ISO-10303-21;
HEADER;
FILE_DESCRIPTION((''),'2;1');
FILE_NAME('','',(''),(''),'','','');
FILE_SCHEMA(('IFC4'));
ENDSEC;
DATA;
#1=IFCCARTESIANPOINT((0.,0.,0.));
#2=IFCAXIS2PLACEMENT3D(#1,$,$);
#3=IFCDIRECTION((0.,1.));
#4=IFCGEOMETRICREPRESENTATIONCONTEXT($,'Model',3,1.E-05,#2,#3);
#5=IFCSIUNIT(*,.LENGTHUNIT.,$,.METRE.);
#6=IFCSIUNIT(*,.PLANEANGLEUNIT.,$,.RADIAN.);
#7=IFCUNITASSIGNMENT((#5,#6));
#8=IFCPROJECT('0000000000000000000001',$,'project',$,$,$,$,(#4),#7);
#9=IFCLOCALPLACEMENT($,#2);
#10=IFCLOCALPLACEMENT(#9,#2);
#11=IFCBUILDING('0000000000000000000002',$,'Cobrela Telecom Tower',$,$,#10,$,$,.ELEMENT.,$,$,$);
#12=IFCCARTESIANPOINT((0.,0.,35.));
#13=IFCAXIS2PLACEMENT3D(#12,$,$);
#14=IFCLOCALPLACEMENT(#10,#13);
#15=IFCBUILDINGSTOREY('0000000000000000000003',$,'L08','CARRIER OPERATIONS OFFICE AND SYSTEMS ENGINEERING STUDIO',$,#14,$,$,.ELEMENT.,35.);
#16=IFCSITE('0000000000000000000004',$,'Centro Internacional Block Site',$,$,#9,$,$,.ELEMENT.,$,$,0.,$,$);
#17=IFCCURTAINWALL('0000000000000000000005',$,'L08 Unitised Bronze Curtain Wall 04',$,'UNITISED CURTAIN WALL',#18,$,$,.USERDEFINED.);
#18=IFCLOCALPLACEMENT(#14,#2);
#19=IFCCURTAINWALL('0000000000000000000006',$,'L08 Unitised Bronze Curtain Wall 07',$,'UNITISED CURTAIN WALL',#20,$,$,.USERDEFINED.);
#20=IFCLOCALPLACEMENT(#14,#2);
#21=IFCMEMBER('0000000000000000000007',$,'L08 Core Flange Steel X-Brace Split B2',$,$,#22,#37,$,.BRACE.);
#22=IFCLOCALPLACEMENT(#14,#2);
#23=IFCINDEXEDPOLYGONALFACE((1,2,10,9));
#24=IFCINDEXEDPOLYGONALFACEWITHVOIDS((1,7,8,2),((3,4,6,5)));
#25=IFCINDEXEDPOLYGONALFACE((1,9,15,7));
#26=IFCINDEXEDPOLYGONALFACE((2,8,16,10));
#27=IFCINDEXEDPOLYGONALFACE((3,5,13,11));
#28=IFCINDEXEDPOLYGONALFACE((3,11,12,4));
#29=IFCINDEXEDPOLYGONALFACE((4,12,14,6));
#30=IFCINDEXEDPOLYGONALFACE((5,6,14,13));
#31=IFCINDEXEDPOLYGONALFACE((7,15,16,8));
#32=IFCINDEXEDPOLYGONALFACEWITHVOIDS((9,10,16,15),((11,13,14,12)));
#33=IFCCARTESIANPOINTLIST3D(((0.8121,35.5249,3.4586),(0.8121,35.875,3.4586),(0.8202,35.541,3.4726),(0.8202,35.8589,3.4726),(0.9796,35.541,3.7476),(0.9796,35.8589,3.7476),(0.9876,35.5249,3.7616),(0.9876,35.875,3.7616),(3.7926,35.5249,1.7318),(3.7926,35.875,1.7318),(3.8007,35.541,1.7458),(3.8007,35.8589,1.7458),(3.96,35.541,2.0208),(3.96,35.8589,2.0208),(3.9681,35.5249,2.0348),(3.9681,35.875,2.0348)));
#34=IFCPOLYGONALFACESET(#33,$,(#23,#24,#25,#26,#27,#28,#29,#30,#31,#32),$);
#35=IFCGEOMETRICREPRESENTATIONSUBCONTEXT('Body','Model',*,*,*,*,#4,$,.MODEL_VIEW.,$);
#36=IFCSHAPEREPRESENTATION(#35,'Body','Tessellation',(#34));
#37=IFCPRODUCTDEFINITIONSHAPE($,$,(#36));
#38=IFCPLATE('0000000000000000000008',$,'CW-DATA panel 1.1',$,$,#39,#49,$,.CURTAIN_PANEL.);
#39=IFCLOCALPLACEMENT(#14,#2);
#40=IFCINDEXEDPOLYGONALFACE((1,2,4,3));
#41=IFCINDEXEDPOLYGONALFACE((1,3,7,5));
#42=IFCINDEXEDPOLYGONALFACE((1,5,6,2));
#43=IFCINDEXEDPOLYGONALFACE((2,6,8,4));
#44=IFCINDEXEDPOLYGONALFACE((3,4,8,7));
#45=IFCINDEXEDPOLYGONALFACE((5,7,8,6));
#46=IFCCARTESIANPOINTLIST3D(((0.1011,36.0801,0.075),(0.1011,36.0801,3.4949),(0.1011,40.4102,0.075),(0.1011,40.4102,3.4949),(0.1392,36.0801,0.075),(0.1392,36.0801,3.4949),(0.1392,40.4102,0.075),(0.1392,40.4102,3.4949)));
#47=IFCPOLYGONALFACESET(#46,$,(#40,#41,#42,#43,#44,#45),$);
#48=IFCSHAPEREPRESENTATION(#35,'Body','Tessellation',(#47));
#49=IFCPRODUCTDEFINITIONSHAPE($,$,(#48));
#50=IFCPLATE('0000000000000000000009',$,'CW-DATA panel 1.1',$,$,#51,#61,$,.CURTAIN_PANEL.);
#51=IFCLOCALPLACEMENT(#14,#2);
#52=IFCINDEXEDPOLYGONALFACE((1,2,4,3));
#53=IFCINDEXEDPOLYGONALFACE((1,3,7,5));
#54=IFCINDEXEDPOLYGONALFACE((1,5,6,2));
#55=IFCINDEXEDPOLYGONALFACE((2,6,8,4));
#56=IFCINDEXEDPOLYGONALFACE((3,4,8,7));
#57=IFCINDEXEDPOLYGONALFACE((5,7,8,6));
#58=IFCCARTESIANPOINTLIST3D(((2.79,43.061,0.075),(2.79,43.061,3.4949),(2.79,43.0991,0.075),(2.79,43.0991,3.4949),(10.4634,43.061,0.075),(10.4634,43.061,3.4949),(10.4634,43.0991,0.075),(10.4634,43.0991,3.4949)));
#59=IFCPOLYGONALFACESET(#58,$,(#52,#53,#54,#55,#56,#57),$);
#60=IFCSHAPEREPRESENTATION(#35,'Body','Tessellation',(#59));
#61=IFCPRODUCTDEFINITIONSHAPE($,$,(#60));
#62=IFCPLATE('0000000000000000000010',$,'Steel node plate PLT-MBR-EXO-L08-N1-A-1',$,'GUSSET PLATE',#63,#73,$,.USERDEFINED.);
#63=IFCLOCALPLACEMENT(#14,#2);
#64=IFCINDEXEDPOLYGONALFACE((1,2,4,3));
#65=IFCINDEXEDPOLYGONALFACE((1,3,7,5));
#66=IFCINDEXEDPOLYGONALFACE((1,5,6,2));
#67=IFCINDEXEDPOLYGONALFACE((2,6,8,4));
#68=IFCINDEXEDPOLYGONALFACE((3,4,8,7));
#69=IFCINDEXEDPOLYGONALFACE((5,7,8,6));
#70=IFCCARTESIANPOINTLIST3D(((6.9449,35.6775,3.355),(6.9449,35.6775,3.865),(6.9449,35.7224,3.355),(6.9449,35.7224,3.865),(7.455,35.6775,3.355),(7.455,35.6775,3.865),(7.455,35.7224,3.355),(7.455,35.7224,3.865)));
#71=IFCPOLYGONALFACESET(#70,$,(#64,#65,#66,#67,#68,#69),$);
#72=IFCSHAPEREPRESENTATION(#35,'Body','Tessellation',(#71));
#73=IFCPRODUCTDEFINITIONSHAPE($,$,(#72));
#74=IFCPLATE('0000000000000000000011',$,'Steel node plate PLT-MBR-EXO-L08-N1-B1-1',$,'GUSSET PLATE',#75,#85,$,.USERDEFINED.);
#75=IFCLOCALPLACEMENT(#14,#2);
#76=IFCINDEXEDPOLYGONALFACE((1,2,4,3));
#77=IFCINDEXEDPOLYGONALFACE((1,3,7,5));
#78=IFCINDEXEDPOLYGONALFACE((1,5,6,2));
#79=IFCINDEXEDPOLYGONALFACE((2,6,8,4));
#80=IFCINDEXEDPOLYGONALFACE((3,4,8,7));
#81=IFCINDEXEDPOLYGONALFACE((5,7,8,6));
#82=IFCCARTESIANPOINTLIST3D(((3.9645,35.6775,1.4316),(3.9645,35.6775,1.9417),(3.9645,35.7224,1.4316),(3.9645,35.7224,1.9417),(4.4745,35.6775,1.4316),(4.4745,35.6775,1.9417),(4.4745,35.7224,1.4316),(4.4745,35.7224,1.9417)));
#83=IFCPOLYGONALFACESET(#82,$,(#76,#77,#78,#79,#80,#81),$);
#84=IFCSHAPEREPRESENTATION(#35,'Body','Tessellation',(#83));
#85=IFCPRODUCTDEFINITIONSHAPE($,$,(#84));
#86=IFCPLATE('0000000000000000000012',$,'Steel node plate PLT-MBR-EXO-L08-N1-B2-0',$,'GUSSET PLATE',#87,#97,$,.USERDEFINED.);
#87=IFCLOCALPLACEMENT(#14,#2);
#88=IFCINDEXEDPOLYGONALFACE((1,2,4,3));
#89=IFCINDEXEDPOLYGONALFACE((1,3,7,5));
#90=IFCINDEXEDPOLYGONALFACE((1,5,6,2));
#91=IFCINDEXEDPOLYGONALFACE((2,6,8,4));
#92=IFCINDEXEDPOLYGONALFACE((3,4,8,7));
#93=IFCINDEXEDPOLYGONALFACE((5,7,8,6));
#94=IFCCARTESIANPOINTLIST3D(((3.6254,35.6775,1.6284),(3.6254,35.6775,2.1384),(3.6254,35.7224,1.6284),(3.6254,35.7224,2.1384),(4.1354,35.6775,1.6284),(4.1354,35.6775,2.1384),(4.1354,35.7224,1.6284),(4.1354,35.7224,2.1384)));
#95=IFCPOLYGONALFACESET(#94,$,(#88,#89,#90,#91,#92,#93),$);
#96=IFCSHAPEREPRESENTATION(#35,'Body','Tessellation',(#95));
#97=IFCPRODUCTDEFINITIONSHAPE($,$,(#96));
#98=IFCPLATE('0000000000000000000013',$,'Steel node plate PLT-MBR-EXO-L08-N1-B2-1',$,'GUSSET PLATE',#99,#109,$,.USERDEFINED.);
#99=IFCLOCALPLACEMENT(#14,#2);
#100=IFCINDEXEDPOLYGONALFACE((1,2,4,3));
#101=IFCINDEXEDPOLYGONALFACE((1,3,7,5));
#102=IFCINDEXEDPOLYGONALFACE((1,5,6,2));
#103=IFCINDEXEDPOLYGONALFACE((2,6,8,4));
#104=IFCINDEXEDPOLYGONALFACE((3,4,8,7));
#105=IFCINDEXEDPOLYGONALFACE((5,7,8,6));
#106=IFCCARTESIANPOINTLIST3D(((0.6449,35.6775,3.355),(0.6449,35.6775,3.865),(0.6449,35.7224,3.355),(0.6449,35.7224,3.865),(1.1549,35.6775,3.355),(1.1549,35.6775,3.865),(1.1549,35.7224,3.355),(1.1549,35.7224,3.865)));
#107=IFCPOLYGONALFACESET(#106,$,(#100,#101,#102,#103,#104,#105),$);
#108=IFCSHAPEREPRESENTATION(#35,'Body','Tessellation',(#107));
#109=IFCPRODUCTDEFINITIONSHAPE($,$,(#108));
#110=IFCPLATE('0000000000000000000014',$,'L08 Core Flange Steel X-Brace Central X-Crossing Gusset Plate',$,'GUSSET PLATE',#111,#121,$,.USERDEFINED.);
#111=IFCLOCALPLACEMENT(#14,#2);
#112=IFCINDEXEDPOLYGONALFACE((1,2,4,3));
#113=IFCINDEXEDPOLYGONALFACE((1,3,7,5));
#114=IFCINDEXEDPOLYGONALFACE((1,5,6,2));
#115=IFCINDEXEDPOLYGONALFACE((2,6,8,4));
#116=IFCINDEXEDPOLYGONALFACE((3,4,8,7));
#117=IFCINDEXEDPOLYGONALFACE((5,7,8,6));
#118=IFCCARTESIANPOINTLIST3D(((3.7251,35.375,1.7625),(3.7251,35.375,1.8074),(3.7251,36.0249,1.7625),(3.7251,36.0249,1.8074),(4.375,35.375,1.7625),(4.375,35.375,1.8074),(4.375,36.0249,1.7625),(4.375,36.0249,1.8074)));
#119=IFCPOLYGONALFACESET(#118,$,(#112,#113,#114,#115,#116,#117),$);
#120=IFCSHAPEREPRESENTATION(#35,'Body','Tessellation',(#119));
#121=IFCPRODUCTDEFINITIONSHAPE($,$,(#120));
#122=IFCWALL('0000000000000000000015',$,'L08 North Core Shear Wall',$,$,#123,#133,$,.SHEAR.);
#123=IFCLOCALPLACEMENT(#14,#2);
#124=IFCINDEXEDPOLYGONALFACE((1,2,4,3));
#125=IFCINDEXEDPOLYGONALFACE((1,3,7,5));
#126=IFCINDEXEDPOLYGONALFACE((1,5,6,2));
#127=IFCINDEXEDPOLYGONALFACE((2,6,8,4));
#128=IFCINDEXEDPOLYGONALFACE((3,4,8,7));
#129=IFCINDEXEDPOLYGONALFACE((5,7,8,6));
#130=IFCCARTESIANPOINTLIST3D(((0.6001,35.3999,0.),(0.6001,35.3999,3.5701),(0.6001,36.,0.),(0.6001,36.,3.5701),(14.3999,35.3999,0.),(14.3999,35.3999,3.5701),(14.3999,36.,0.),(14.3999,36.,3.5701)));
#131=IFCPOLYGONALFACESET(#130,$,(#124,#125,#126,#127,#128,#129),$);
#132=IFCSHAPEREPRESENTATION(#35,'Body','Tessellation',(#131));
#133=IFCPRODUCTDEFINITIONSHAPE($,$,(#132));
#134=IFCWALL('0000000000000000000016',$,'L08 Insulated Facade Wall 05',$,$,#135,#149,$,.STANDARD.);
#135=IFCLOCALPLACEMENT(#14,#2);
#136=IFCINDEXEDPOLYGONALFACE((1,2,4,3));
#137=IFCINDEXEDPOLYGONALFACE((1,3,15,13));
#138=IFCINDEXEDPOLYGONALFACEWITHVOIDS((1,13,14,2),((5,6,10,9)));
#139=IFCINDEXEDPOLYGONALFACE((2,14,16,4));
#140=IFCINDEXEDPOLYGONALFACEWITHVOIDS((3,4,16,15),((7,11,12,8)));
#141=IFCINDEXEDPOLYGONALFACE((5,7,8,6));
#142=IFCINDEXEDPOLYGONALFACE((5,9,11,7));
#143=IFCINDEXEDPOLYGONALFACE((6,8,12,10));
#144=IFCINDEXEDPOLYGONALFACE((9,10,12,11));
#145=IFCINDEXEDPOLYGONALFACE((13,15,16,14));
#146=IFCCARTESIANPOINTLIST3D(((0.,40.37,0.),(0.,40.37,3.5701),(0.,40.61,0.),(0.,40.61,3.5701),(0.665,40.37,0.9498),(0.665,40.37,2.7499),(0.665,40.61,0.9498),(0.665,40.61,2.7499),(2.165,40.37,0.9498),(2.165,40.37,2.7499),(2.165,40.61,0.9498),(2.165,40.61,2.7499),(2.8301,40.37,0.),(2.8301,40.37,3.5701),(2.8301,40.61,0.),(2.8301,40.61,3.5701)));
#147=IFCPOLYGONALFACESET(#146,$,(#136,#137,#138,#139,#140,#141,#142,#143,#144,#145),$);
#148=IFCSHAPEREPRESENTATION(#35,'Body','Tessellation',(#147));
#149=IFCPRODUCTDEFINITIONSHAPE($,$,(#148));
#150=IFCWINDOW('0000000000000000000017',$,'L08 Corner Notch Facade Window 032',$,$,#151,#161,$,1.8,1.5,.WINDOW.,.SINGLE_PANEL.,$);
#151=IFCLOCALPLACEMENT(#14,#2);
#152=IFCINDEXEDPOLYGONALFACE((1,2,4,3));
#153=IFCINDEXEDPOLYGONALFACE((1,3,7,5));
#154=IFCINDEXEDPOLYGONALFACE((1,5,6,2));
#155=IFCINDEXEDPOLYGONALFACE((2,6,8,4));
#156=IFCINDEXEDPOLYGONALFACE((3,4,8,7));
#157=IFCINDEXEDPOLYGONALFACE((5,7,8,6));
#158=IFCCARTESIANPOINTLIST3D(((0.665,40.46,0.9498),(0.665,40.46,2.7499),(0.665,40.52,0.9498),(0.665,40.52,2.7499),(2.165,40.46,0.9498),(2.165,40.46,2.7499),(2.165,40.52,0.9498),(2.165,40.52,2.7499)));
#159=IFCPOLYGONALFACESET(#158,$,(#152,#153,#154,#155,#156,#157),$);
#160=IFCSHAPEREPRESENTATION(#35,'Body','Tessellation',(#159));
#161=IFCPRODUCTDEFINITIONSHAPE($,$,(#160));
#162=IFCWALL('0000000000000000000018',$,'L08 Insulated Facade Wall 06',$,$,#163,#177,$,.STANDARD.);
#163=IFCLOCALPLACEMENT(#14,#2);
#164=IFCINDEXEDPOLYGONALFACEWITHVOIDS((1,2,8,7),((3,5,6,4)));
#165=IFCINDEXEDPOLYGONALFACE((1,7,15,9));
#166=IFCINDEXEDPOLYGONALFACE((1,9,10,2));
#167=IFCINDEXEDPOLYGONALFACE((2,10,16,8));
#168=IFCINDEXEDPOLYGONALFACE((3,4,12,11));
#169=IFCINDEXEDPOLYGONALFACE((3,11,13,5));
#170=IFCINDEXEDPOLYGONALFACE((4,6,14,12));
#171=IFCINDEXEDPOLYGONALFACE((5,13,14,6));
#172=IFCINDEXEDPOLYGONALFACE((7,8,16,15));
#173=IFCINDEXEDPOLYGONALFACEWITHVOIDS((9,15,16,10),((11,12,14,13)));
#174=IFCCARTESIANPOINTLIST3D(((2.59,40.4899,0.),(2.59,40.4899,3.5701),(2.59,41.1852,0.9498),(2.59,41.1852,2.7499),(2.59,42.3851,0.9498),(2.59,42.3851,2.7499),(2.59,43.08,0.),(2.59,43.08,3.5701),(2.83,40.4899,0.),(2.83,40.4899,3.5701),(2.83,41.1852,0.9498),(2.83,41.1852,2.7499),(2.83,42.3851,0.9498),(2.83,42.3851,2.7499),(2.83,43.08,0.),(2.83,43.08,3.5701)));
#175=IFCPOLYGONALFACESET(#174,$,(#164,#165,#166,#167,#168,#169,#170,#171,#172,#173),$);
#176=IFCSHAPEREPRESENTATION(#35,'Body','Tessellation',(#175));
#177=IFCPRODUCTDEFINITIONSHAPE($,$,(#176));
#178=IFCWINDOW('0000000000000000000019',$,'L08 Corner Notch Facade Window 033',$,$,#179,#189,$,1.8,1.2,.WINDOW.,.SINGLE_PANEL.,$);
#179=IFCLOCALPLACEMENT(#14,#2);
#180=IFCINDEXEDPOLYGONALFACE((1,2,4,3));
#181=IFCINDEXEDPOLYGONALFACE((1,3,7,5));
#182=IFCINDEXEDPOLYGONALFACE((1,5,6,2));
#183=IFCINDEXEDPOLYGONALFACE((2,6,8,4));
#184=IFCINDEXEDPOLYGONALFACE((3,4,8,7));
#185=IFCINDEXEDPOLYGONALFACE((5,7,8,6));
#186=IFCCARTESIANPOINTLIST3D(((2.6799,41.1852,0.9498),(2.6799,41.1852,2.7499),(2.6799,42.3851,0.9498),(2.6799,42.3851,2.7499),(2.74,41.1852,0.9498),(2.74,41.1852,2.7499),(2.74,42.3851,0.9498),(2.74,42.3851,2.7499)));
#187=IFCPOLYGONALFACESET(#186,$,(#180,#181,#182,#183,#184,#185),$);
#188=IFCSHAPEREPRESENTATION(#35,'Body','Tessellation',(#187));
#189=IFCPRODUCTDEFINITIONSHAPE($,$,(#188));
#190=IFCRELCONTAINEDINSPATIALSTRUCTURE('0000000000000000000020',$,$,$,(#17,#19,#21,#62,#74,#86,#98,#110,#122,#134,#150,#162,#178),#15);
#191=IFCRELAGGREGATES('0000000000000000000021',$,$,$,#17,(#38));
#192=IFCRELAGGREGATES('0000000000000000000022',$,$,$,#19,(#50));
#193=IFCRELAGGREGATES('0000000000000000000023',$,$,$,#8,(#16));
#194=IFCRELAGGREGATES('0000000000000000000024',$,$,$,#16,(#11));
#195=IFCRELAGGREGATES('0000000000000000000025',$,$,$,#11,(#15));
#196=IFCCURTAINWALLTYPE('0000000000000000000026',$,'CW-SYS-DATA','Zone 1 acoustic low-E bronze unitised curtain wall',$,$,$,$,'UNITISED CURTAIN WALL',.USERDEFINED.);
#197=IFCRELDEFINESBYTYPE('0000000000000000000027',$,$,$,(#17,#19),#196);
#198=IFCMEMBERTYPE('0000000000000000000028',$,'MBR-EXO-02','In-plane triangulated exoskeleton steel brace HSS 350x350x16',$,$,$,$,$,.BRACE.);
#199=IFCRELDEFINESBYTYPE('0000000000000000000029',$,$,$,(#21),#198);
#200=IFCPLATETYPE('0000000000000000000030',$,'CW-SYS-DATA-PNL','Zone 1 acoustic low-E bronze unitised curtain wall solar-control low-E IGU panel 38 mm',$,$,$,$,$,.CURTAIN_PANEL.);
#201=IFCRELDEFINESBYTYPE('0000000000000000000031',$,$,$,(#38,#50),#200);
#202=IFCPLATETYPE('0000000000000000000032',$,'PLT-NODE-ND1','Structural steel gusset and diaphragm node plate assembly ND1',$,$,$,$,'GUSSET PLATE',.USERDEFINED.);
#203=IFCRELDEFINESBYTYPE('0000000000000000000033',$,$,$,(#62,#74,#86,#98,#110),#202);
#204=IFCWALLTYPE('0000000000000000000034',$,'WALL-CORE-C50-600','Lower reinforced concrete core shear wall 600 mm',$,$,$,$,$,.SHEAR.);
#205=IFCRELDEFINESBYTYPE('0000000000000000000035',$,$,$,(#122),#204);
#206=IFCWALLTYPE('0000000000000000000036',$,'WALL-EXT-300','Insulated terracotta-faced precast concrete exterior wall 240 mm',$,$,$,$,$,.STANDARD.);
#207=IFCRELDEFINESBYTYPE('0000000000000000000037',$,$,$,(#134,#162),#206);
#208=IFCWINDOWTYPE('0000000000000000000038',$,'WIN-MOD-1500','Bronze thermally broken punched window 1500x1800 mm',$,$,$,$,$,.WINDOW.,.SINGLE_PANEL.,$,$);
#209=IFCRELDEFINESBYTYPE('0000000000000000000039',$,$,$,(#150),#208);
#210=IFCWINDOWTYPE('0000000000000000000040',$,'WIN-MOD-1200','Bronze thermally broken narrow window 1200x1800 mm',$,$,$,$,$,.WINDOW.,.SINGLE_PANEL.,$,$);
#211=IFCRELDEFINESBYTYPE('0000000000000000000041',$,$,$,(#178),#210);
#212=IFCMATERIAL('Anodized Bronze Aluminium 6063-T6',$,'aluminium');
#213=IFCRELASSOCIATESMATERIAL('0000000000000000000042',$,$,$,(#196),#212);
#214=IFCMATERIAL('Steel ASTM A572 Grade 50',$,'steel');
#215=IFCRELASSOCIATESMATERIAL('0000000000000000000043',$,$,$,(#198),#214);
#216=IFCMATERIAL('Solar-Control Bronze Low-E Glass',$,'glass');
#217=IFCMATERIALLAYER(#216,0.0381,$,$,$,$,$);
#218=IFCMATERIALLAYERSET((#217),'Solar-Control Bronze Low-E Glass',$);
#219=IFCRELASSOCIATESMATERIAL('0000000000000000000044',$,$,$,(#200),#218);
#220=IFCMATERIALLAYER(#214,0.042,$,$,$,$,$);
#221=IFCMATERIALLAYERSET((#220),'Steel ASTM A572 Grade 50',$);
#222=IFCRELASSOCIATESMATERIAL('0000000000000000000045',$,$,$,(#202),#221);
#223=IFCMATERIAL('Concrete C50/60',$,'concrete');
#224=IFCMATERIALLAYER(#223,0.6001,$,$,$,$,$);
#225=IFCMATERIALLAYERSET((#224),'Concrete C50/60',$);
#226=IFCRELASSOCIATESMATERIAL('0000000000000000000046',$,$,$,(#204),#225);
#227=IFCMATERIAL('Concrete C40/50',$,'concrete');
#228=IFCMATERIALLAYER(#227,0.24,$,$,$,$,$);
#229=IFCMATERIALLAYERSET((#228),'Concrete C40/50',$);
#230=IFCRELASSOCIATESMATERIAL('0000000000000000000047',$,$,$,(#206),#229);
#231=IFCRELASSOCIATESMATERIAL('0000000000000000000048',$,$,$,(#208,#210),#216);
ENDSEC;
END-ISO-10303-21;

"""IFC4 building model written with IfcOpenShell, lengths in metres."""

from ifc_helpers import new_model, si_unit, direction, frame, frame_2d, origin, origin_2d, place, context, subcontext, project, spatial, rectangle, hollow_rectangle, extrude, material, layer, layer_set, material_profile, profile_set, type_object, element, fill, aggregate, save


model = new_model("IFC4")

# Units and contexts
model_context = context("Model", 3, precision=1e-05, world=origin(), true_north=direction((0.0, 1.0)))
body_context = subcontext(model_context, "Body", "Model", "MODEL_VIEW")
ifc_project = project(units=[si_unit("LENGTHUNIT", "METRE"), si_unit("PLANEANGLEUNIT", "RADIAN")], contexts=[model_context])

# Site, building, storey
site_placement = place(None, origin())
site = spatial("IfcSite", under=ifc_project, at=site_placement, Name="Centro Internacional Block Site", CompositionType="ELEMENT", RefElevation=0.0)
building_placement = place(site_placement, origin())
building = spatial("IfcBuilding", under=site, at=building_placement, Name="Cobrela Telecom Tower", CompositionType="ELEMENT")
storey_placement = place(building_placement, frame((0.0, 0.0, 35.0)))
storey = spatial("IfcBuildingStorey", under=building, at=storey_placement, Name="L08", Description="CARRIER OPERATIONS OFFICE AND SYSTEMS ENGINEERING STUDIO", CompositionType="ELEMENT", Elevation=35.0)

# Curtain wall
ifc_material_1 = material(Name="Anodized Bronze Aluminium 6063-T6", Category="aluminium")
curtain_wall_type = type_object("IfcCurtainWallType", Name="CW-SYS-DATA", Description="Zone 1 acoustic low-E bronze unitised curtain wall", ElementType="UNITISED CURTAIN WALL", PredefinedType="USERDEFINED", material=ifc_material_1)
curtain_wall_1_placement = place(storey_placement, origin())
curtain_wall_1 = element("IfcCurtainWall", 1, at=curtain_wall_1_placement, inside=storey, type_object=curtain_wall_type, Name="L08 Unitised Bronze Curtain Wall 04", ObjectType="UNITISED CURTAIN WALL", PredefinedType="USERDEFINED")

# Curtain wall
curtain_wall_2_placement = place(storey_placement, origin())
curtain_wall_2 = element("IfcCurtainWall", 2, at=curtain_wall_2_placement, inside=storey, type_object=curtain_wall_type, Name="L08 Unitised Bronze Curtain Wall 07", ObjectType="UNITISED CURTAIN WALL", PredefinedType="USERDEFINED")

# Member
ifc_material_2 = material(Name="Steel ASTM A572 Grade 50", Category="steel")
ifc_material_profile_1 = material_profile(ifc_material_2, hollow_rectangle(XDim=0.3501, YDim=0.3501, WallThickness=0.0161, at=origin_2d()), Name="HSS 350x350x16")
ifc_profile_set_1 = profile_set([ifc_material_profile_1], Name="Steel ASTM A572 Grade 50")
member_type_1 = type_object("IfcMemberType", Name="MBR-EXO-02", Description="In-plane triangulated exoskeleton steel brace HSS 350x350x16", PredefinedType="BRACE", material=ifc_profile_set_1)
member_1_placement = place(storey_placement, frame((3.8804, 35.7, 1.8833), z_axis=(-0.865266, 0.0, 0.501313), x_axis=(0.0, -1.0, 0.0)))
element("IfcMember", 3, at=member_1_placement, inside=storey, type_object=member_type_1, Name="L08 Core Flange Steel X-Brace Split B2", PredefinedType="BRACE", context=body_context, shape_type="SweptSolid", body=[
    extrude(hollow_rectangle(XDim=0.3501, YDim=0.3501, WallThickness=0.0161, at=origin_2d()), origin(), (0.0, 0.0, 1.0), 3.4446),
])

# Plates
ifc_material_3 = material(Name="Solar-Control Bronze Low-E Glass", Category="glass")
ifc_layer_1 = layer(ifc_material_3, 0.0381)
ifc_layer_set_1 = layer_set([ifc_layer_1], Name="Solar-Control Bronze Low-E Glass")
plate_type_1 = type_object("IfcPlateType", Name="CW-SYS-DATA-PNL", Description="Zone 1 acoustic low-E bronze unitised curtain wall solar-control low-E IGU panel 38 mm", PredefinedType="CURTAIN_PANEL", material=ifc_layer_set_1)
plate_1_placement = place(storey_placement, frame((0.1201, 38.2451, 0.075), z_axis=(0.0, 0.0, 1.0), x_axis=(0.0, 1.0, 0.0)))
plate_1 = element("IfcPlate", 4, at=plate_1_placement, type_object=plate_type_1, Name="CW-DATA panel 1.1", PredefinedType="CURTAIN_PANEL", context=body_context, shape_type="SweptSolid", body=[
    extrude(rectangle(XDim=4.3301, YDim=0.0381, at=origin_2d()), origin(), (0.0, 0.0, 1.0), 3.4199),
])
aggregate(curtain_wall_1, [plate_1])
plate_2_placement = place(storey_placement, frame((6.6267, 43.0801, 0.075), z_axis=(0.0, 0.0, 1.0), x_axis=(1.0, 0.0, 0.0)))
plate_2 = element("IfcPlate", 5, at=plate_2_placement, type_object=plate_type_1, Name="CW-DATA panel 1.1", PredefinedType="CURTAIN_PANEL", context=body_context, shape_type="SweptSolid", body=[
    extrude(rectangle(XDim=7.6733, YDim=0.0381, at=origin_2d()), origin(), (0.0, 0.0, 1.0), 3.4199),
])
aggregate(curtain_wall_2, [plate_2])

# Plates
ifc_layer_2 = layer(ifc_material_2, 0.042)
ifc_layer_set_2 = layer_set([ifc_layer_2], Name="Steel ASTM A572 Grade 50")
plate_type_2 = type_object("IfcPlateType", Name="PLT-NODE-ND1", Description="Structural steel gusset and diaphragm node plate assembly ND1", ElementType="GUSSET PLATE", PredefinedType="USERDEFINED", material=ifc_layer_set_2)
for number, where, z_axis, x_axis, name in (
    (6, (7.2, 35.7, 3.355), (0.0, 0.0, 1.0), (1.0, 0.0, 0.0), "Steel node plate PLT-MBR-EXO-L08-N1-A-1"),
    (7, (4.2195, 35.7, 1.4316), (0.0, 0.0, 1.0), (-1.0, 0.0, 0.0), "Steel node plate PLT-MBR-EXO-L08-N1-B1-1"),
    (8, (3.8804, 35.7, 1.6284), (0.0, 0.0, 1.0), (-1.0, 0.0, 0.0), "Steel node plate PLT-MBR-EXO-L08-N1-B2-0"),
    (9, (0.8999, 35.7, 3.355), (0.0, 0.0, 1.0), (-1.0, 0.0, 0.0), "Steel node plate PLT-MBR-EXO-L08-N1-B2-1"),
):
    element("IfcPlate", number, at=place(storey_placement, frame(where, z_axis=z_axis, x_axis=x_axis)), inside=storey, type_object=plate_type_2, Name=name, ObjectType="GUSSET PLATE", PredefinedType="USERDEFINED", context=body_context, shape_type="SweptSolid", body=[
        extrude(rectangle(XDim=0.51, YDim=0.0449, at=origin_2d()), origin(), (0.0, 0.0, 1.0), 0.51),
    ])
plate_3_placement = place(storey_placement, frame((4.05, 35.7, 1.7625), z_axis=(0.0, 0.0, 1.0), x_axis=(1.0, 0.0, 0.0)))
element("IfcPlate", 10, at=plate_3_placement, inside=storey, type_object=plate_type_2, Name="L08 Core Flange Steel X-Brace Central X-Crossing Gusset Plate", ObjectType="GUSSET PLATE", PredefinedType="USERDEFINED", context=body_context, shape_type="SweptSolid", body=[
    extrude(rectangle(XDim=0.6499, YDim=0.6499, at=origin_2d()), origin(), (0.0, 0.0, 1.0), 0.0449),
])

# Wall
ifc_material_4 = material(Name="Concrete C50/60", Category="concrete")
ifc_layer_3 = layer(ifc_material_4, 0.6001)
ifc_layer_set_3 = layer_set([ifc_layer_3], Name="Concrete C50/60")
wall_type_1 = type_object("IfcWallType", Name="WALL-CORE-C50-600", Description="Lower reinforced concrete core shear wall 600 mm", PredefinedType="SHEAR", material=ifc_layer_set_3)
wall_1_placement = place(storey_placement, frame((0.6001, 35.7, 0.0), z_axis=(0.0, 0.0, 1.0), x_axis=(1.0, 0.0, 0.0)))
element("IfcWall", 11, at=wall_1_placement, inside=storey, type_object=wall_type_1, Name="L08 North Core Shear Wall", PredefinedType="SHEAR", context=body_context, shape_type="SweptSolid", body=[
    extrude(rectangle(XDim=13.7998, YDim=0.6001, at=frame_2d((6.8999, 0.0))), origin(), (0.0, 0.0, 1.0), 3.5701),
])

# Walls, openings, windows
ifc_material_5 = material(Name="Concrete C40/50", Category="concrete")
ifc_layer_4 = layer(ifc_material_5, 0.24)
ifc_layer_set_4 = layer_set([ifc_layer_4], Name="Concrete C40/50")
wall_type_2 = type_object("IfcWallType", Name="WALL-EXT-300", Description="Insulated terracotta-faced precast concrete exterior wall 240 mm", PredefinedType="STANDARD", material=ifc_layer_set_4)
wall_2_placement = place(storey_placement, frame((0.0, 40.49, 0.0), z_axis=(0.0, 0.0, 1.0), x_axis=(1.0, 0.0, 0.0)))
wall_2 = element("IfcWall", 12, at=wall_2_placement, inside=storey, type_object=wall_type_2, Name="L08 Insulated Facade Wall 05", PredefinedType="STANDARD", context=body_context, shape_type="SweptSolid", body=[
    extrude(rectangle(XDim=2.8301, YDim=0.24, at=frame_2d((1.415, 0.0))), origin(), (0.0, 0.0, 1.0), 3.5701),
])
opening_1_placement = place(wall_2_placement, frame((0.665, 0.0, 0.95)))
opening_1 = element("IfcOpeningElement", 13, at=opening_1_placement, cuts=wall_2, PredefinedType="OPENING", context=body_context, shape_type="SweptSolid", body=[
    extrude(rectangle(XDim=1.5, YDim=1.8, at=frame_2d((0.75, 0.8999))), frame((0.0, 0.1318, 0.0), z_axis=(0.0, -1.0, 0.0), x_axis=(1.0, 0.0, 0.0)), (0.0, 0.0, 1.0), 0.2639),
])
window_type_1 = type_object("IfcWindowType", Name="WIN-MOD-1500", Description="Bronze thermally broken punched window 1500x1800 mm", PartitioningType="SINGLE_PANEL", PredefinedType="WINDOW", material=ifc_material_3)
window_1_placement = place(opening_1_placement, origin())
window_1 = element("IfcWindow", 14, at=window_1_placement, inside=storey, type_object=window_type_1, Name="L08 Corner Notch Facade Window 032", OverallHeight=1.8, OverallWidth=1.5, PartitioningType="SINGLE_PANEL", PredefinedType="WINDOW", context=body_context, shape_type="SweptSolid", body=[
    extrude(rectangle(XDim=1.5, YDim=1.8, at=frame_2d((0.75, 0.8999))), frame((0.0, 0.03, 0.0), z_axis=(0.0, -1.0, 0.0), x_axis=(1.0, 0.0, 0.0)), (0.0, 0.0, 1.0), 0.0601),
])
fill(opening_1, window_1)
wall_3_placement = place(storey_placement, frame((2.71, 40.49, 0.0), z_axis=(0.0, 0.0, 1.0), x_axis=(0.0, 1.0, 0.0)))
wall_3 = element("IfcWall", 15, at=wall_3_placement, inside=storey, type_object=wall_type_2, Name="L08 Insulated Facade Wall 06", PredefinedType="STANDARD", context=body_context, shape_type="SweptSolid", body=[
    extrude(rectangle(XDim=2.5901, YDim=0.24, at=frame_2d((1.2949, 0.0))), origin(), (0.0, 0.0, 1.0), 3.5701),
])
opening_2_placement = place(wall_3_placement, frame((0.6951, 0.0, 0.95)))
opening_2 = element("IfcOpeningElement", 16, at=opening_2_placement, cuts=wall_3, PredefinedType="OPENING", context=body_context, shape_type="SweptSolid", body=[
    extrude(rectangle(XDim=1.2, YDim=1.8, at=frame_2d((0.6001, 0.8999))), frame((0.0, 0.1318, 0.0), z_axis=(0.0, -1.0, 0.0), x_axis=(1.0, 0.0, 0.0)), (0.0, 0.0, 1.0), 0.2639),
])
window_type_2 = type_object("IfcWindowType", Name="WIN-MOD-1200", Description="Bronze thermally broken narrow window 1200x1800 mm", PartitioningType="SINGLE_PANEL", PredefinedType="WINDOW", material=ifc_material_3)
window_2_placement = place(opening_2_placement, origin())
window_2 = element("IfcWindow", 17, at=window_2_placement, inside=storey, type_object=window_type_2, Name="L08 Corner Notch Facade Window 033", OverallHeight=1.8, OverallWidth=1.2, PartitioningType="SINGLE_PANEL", PredefinedType="WINDOW", context=body_context, shape_type="SweptSolid", body=[
    extrude(rectangle(XDim=1.2, YDim=1.8, at=frame_2d((0.6001, 0.8999))), frame((0.0, 0.03, 0.0), z_axis=(0.0, -1.0, 0.0), x_axis=(1.0, 0.0, 0.0)), (0.0, 0.0, 1.0), 0.0601),
])
fill(opening_2, window_2)

save(model, "model.ifc")
